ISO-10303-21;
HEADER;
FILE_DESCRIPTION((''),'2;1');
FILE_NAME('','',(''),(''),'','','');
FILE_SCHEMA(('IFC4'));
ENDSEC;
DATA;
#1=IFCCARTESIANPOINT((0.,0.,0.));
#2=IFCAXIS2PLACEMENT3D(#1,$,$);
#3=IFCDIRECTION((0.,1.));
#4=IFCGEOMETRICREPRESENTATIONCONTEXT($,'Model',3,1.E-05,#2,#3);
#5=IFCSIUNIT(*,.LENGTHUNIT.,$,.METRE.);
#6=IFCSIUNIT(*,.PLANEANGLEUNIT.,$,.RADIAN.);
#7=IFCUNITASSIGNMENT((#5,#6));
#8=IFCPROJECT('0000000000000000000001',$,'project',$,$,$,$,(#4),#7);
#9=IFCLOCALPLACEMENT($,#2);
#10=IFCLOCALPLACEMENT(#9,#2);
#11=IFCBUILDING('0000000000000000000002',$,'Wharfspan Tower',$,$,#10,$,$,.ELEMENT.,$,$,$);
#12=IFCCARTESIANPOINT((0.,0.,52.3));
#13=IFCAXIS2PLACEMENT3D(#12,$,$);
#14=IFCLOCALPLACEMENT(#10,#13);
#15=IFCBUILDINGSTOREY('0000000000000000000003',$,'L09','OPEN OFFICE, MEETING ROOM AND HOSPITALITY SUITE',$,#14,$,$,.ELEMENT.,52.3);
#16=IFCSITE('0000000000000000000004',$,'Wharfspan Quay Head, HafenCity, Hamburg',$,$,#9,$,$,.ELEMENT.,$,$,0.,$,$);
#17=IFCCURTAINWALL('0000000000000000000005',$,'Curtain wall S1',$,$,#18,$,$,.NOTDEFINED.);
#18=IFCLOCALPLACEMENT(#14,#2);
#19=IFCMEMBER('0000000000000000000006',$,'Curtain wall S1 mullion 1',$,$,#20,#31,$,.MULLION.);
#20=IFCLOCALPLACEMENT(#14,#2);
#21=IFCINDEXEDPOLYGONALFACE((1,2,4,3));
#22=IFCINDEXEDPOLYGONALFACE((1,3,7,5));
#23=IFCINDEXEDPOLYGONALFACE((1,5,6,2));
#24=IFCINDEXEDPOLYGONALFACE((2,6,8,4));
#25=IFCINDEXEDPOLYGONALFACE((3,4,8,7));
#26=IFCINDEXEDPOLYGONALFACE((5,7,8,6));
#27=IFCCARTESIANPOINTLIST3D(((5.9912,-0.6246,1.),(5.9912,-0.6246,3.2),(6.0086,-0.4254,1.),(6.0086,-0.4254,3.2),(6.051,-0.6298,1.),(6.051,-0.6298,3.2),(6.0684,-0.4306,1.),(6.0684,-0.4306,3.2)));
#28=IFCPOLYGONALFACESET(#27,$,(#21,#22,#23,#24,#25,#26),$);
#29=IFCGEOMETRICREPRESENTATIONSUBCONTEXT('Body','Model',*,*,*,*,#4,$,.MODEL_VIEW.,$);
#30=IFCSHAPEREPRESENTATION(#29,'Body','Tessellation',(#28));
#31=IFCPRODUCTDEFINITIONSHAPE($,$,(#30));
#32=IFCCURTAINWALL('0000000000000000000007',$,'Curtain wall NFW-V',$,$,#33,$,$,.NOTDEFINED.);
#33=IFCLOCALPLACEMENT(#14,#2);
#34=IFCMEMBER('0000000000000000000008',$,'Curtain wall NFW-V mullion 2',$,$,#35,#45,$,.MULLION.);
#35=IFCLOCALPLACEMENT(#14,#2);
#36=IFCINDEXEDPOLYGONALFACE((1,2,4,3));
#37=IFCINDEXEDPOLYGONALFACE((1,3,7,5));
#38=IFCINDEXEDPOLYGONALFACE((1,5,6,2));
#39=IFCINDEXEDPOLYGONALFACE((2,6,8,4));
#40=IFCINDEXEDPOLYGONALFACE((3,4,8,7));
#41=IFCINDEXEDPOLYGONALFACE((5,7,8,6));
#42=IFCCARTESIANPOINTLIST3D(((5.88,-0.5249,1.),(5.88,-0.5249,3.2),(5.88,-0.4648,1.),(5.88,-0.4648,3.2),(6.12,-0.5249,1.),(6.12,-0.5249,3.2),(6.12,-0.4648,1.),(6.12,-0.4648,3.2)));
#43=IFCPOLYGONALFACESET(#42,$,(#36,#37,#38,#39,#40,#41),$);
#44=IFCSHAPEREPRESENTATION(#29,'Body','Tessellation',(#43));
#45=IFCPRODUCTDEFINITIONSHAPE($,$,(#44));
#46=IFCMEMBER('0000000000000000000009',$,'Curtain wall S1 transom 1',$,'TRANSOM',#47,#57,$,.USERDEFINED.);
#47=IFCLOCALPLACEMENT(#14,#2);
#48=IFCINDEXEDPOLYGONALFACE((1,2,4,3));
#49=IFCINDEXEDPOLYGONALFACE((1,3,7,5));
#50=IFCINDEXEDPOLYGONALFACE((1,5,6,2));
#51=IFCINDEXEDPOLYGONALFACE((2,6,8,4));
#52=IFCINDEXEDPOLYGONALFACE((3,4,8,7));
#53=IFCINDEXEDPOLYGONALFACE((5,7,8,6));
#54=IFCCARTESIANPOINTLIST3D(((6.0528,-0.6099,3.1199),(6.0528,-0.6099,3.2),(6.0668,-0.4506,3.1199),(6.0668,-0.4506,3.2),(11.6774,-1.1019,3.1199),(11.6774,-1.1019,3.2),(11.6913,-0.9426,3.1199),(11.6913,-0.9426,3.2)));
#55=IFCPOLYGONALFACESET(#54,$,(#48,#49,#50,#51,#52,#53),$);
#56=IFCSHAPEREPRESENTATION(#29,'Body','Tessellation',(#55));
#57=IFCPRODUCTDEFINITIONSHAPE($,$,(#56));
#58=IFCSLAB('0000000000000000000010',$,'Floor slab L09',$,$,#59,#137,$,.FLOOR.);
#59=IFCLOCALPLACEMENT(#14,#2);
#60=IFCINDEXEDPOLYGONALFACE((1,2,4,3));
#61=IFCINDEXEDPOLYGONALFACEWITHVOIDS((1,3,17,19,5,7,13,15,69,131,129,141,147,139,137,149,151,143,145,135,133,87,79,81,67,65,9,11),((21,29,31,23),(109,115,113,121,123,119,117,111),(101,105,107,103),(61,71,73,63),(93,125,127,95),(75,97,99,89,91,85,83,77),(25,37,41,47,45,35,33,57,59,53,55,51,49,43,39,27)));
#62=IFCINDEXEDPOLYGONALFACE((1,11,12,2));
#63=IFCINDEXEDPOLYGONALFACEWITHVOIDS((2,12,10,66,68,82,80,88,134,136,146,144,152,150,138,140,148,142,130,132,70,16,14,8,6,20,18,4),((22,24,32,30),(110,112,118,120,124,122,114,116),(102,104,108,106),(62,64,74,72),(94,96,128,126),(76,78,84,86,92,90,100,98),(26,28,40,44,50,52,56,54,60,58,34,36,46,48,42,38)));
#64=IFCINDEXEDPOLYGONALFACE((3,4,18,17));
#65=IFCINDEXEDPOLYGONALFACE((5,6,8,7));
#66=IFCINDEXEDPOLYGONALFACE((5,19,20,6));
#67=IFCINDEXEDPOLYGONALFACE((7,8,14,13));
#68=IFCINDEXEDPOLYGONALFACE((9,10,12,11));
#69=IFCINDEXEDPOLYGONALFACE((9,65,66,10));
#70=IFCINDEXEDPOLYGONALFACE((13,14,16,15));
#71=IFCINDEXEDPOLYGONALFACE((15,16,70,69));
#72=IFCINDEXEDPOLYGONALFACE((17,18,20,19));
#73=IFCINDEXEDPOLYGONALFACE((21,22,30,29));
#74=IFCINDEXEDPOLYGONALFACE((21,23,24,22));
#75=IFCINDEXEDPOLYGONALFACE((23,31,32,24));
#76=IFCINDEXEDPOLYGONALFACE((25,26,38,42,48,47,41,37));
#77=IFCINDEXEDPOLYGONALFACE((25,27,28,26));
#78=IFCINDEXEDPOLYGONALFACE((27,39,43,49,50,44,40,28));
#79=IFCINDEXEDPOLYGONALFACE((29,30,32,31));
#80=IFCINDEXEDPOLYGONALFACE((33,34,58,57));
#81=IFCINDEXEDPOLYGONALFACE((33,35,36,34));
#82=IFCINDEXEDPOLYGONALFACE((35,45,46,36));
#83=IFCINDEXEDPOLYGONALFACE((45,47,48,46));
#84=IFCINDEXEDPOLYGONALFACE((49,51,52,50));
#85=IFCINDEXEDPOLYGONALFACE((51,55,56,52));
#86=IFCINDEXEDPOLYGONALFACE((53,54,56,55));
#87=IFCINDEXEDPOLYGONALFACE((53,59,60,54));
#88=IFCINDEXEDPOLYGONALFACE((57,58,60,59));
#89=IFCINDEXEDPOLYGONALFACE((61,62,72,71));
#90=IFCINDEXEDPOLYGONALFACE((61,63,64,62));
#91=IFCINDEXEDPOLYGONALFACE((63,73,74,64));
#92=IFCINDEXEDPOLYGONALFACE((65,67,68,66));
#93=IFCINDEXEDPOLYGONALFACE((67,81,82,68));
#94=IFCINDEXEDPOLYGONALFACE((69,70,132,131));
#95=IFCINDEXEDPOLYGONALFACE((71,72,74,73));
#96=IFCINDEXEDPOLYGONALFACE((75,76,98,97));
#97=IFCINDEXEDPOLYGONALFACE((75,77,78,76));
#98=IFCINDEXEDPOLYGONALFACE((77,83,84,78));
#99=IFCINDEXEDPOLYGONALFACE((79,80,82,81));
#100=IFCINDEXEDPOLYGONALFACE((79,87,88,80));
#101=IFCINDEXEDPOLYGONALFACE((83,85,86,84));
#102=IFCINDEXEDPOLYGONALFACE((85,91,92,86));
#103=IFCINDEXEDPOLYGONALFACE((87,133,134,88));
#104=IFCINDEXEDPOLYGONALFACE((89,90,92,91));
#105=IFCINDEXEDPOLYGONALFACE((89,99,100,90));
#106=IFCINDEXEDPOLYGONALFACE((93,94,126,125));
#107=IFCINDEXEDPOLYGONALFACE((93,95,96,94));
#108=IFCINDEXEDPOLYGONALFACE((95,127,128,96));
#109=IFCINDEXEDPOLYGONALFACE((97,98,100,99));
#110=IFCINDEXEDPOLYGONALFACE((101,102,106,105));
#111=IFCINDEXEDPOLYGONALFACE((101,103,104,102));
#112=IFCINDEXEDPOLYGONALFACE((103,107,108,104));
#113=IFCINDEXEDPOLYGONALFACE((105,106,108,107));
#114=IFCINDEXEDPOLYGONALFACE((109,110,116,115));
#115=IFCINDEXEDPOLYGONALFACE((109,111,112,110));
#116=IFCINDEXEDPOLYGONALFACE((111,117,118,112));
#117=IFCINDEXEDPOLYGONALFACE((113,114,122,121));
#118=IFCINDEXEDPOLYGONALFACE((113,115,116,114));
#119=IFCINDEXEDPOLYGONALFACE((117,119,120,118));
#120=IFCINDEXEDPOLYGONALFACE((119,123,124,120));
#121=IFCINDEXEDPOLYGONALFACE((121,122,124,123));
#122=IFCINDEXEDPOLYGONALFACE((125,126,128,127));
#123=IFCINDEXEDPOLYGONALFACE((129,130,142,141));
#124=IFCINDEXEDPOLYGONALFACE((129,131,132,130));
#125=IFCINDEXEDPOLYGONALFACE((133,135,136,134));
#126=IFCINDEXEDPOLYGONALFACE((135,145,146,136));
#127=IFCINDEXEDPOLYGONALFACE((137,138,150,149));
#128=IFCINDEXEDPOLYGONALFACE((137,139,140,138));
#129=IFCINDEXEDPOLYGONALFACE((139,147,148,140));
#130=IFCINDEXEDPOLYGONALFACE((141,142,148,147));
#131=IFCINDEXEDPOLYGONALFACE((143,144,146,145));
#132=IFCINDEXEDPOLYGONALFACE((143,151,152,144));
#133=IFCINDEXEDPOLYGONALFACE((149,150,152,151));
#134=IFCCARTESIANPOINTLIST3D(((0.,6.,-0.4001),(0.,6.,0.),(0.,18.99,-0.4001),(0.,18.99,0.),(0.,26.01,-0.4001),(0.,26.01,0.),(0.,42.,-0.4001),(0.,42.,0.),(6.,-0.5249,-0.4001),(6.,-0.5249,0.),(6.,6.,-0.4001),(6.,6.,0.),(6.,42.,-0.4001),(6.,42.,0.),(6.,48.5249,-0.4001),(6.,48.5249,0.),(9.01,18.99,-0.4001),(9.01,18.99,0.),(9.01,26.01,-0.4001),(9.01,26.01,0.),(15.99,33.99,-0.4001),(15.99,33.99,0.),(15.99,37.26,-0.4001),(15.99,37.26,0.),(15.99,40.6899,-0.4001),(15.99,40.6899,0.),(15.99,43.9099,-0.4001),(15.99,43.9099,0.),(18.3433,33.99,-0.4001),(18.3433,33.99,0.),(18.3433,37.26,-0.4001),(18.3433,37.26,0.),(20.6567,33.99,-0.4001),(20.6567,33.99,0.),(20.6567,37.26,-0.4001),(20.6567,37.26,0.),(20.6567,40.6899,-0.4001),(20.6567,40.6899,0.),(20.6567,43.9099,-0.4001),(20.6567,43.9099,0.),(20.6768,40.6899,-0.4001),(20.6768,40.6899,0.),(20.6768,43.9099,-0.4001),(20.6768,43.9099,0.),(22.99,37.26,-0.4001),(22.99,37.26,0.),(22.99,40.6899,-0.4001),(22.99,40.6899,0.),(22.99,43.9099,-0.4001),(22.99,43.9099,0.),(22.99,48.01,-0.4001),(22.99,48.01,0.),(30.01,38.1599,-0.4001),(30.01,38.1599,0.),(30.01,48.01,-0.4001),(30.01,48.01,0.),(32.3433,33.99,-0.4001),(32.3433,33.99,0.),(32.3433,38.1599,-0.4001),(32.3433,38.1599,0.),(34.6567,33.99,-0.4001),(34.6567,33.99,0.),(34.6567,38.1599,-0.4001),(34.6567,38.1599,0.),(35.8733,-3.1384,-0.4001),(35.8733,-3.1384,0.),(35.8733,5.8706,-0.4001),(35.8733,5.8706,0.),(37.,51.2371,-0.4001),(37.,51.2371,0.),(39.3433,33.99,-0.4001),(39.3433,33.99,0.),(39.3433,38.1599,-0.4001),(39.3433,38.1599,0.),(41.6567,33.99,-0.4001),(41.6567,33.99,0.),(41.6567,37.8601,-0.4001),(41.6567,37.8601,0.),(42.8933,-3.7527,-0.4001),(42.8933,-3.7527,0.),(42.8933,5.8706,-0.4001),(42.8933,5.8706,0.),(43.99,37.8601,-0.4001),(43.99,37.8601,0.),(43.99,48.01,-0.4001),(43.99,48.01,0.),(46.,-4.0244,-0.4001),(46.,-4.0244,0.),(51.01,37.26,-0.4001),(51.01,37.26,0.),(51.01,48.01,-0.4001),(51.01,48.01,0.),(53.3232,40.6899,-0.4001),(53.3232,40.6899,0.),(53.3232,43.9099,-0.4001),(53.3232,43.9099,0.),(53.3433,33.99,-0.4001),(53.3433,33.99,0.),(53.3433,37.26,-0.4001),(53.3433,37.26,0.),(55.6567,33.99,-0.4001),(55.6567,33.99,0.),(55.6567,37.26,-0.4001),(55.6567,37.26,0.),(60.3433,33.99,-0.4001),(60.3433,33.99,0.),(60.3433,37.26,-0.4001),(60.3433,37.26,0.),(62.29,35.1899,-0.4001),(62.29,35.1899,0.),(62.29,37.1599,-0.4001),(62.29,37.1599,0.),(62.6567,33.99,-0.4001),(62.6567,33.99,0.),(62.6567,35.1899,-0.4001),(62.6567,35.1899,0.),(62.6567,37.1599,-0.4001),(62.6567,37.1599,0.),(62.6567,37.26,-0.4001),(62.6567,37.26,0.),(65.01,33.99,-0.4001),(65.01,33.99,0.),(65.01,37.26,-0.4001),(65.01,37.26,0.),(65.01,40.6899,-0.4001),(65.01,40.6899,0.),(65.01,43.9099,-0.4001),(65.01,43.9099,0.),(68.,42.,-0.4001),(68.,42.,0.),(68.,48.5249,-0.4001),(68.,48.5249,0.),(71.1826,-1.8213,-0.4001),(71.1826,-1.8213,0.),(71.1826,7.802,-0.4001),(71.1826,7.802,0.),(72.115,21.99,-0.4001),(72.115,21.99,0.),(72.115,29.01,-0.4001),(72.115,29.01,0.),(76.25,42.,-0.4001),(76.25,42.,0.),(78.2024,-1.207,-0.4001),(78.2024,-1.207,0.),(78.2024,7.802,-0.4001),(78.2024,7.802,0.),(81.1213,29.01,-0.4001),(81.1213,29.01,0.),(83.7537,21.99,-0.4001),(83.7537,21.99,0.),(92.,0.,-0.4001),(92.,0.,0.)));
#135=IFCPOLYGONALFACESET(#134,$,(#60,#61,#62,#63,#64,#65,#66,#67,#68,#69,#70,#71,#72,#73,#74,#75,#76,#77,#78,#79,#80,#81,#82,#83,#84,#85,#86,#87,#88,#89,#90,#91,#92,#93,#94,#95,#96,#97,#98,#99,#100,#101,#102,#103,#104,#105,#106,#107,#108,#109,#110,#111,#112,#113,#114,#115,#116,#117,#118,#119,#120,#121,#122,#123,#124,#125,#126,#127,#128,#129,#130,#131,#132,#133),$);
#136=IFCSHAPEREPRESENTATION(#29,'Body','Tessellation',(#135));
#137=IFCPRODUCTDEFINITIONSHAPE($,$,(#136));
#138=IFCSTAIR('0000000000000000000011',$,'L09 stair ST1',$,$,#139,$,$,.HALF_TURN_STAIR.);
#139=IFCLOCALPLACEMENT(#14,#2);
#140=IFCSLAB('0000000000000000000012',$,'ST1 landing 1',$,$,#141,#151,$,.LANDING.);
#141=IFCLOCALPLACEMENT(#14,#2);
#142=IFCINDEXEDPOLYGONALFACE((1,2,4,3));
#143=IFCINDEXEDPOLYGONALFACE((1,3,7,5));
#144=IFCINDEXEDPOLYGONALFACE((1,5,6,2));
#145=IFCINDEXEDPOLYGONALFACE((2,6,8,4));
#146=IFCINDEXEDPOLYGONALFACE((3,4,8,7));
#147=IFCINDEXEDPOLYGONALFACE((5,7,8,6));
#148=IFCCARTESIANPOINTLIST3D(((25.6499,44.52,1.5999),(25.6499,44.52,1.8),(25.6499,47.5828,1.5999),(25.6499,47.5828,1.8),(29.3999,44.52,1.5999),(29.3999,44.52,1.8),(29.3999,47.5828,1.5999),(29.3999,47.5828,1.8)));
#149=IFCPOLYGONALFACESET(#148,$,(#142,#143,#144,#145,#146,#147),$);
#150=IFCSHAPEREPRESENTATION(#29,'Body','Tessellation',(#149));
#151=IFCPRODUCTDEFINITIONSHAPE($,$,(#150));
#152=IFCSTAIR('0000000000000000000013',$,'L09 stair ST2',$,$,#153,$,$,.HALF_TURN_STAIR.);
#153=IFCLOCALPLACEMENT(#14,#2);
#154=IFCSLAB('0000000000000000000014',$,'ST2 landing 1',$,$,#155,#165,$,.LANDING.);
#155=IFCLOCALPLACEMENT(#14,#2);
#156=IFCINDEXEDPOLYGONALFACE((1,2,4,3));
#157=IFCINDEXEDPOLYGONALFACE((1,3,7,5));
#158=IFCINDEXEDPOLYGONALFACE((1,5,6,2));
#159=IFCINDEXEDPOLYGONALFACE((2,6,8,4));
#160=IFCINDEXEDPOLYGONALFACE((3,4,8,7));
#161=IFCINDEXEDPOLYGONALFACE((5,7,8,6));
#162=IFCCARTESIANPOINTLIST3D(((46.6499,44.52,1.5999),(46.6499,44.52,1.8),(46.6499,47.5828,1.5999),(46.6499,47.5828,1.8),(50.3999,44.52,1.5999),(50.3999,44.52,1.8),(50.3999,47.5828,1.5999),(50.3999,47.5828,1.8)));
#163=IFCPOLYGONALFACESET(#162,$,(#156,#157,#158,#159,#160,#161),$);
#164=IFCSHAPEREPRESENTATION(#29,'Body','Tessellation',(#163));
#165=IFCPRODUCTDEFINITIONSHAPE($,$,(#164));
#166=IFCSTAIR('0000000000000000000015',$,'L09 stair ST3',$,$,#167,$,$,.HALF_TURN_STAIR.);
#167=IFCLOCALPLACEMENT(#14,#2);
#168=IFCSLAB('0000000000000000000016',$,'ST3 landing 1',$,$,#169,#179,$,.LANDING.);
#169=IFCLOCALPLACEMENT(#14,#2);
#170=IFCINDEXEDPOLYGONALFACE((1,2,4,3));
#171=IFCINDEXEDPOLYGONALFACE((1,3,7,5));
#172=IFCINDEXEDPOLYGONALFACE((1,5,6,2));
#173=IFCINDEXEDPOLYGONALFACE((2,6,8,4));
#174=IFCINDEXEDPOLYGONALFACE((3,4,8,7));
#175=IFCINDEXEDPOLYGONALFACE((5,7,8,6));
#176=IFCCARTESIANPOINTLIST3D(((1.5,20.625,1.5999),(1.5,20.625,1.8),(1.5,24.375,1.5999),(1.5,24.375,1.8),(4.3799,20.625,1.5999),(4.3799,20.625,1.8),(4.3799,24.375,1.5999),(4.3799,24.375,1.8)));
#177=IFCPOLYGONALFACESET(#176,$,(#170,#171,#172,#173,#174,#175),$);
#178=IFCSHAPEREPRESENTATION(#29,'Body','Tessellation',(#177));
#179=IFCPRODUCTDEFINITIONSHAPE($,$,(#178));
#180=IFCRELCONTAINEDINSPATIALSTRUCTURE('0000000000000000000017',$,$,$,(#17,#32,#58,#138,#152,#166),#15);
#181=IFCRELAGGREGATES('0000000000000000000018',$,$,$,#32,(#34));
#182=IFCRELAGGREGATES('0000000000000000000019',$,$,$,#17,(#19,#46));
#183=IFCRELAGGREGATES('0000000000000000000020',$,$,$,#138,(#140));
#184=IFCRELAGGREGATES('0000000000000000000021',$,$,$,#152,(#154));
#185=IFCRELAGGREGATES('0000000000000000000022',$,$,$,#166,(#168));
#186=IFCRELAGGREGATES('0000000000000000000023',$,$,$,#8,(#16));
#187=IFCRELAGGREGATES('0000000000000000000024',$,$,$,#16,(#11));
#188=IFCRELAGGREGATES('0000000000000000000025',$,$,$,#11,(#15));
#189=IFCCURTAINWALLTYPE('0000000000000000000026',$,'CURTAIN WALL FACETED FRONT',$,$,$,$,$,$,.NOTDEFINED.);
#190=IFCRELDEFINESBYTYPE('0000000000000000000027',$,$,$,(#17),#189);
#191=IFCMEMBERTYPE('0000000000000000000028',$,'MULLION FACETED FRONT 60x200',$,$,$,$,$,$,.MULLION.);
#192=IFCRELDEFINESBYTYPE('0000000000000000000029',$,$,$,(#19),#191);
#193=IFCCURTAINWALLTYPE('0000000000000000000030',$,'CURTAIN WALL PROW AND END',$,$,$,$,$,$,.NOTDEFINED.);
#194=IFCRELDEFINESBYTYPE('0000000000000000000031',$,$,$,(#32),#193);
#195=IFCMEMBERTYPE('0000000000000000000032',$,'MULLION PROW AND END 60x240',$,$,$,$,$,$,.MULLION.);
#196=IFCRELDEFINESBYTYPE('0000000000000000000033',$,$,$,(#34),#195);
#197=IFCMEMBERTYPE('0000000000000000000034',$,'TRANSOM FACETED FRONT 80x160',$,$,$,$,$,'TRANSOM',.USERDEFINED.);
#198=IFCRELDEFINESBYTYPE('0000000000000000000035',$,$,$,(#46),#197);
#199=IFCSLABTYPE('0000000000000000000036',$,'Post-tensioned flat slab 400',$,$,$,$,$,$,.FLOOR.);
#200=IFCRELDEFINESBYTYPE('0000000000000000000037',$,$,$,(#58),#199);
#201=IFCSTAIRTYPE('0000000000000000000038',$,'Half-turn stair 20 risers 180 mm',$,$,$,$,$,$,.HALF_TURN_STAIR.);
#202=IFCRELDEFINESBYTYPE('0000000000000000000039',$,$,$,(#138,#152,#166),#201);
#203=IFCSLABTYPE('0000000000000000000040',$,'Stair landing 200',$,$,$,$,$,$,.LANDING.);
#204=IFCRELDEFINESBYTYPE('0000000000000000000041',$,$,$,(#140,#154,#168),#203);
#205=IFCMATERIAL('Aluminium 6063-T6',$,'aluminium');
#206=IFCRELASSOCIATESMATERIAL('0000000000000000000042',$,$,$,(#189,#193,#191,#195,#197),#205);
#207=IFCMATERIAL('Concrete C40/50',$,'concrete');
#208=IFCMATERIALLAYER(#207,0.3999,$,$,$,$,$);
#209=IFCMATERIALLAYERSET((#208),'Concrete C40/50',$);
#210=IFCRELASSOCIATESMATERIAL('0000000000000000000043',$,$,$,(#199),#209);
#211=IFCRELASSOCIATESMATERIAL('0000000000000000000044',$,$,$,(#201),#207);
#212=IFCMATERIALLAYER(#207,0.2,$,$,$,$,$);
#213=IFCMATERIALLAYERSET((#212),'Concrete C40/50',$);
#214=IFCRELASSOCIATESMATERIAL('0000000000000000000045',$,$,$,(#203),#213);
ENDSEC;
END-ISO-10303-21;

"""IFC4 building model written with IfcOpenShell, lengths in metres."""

from ifc_helpers import new_model, si_unit, direction, frame, origin, origin_2d, place, context, subcontext, project, spatial, polyline, rectangle, outline, extrude, material, layer, layer_set, material_profile, profile_set, type_object, element, aggregate, save


model = new_model("IFC4")

# Units and contexts
model_context = context("Model", 3, precision=1e-05, world=origin(), true_north=direction((0.0, 1.0)))
body_context = subcontext(model_context, "Body", "Model", "MODEL_VIEW")
ifc_project = project(units=[si_unit("LENGTHUNIT", "METRE"), si_unit("PLANEANGLEUNIT", "RADIAN")], contexts=[model_context])

# Site, building, storey
site_placement = place(None, origin())
site = spatial("IfcSite", under=ifc_project, at=site_placement, Name="Wharfspan Quay Head, HafenCity, Hamburg", CompositionType="ELEMENT", RefElevation=0.0)
building_placement = place(site_placement, origin())
building = spatial("IfcBuilding", under=site, at=building_placement, Name="Wharfspan Tower", CompositionType="ELEMENT")
storey_placement = place(building_placement, frame((0.0, 0.0, 52.3)))
storey = spatial("IfcBuildingStorey", under=building, at=storey_placement, Name="L09", Description="OPEN OFFICE, MEETING ROOM AND HOSPITALITY SUITE", CompositionType="ELEMENT", Elevation=52.3)

# Curtain walls, members
ifc_material_1 = material(Name="Aluminium 6063-T6", Category="aluminium")
curtain_wall_type_1 = type_object("IfcCurtainWallType", Name="CURTAIN WALL FACETED FRONT", PredefinedType="NOTDEFINED", material=ifc_material_1)
curtain_wall_1_placement = place(storey_placement, origin())
curtain_wall_1 = element("IfcCurtainWall", 1, at=curtain_wall_1_placement, inside=storey, type_object=curtain_wall_type_1, Name="Curtain wall S1", PredefinedType="NOTDEFINED")
ifc_material_profile_1 = material_profile(ifc_material_1, rectangle(XDim=0.2, YDim=0.0601, at=origin_2d()))
ifc_profile_set_1 = profile_set([ifc_material_profile_1], Name="Aluminium 6063-T6")
member_type_1 = type_object("IfcMemberType", Name="MULLION FACETED FRONT 60x200", PredefinedType="MULLION", material=ifc_profile_set_1)
member_1_placement = place(storey_placement, frame((6.0298, -0.5276, 1.0), z_axis=(0.0, 0.0, 1.0), x_axis=(0.087156, 0.996197, 0.0)))
member_1 = element("IfcMember", 2, at=member_1_placement, type_object=member_type_1, Name="Curtain wall S1 mullion 1", PredefinedType="MULLION", context=body_context, shape_type="SweptSolid", body=[
    extrude(rectangle(XDim=0.2, YDim=0.0601, at=origin_2d()), origin(), (0.0, 0.0, 1.0), 2.2),
])
curtain_wall_type_2 = type_object("IfcCurtainWallType", Name="CURTAIN WALL PROW AND END", PredefinedType="NOTDEFINED", material=ifc_material_1)
curtain_wall_2_placement = place(storey_placement, origin())
curtain_wall_2 = element("IfcCurtainWall", 3, at=curtain_wall_2_placement, inside=storey, type_object=curtain_wall_type_2, Name="Curtain wall NFW-V", PredefinedType="NOTDEFINED")
ifc_material_profile_2 = material_profile(ifc_material_1, rectangle(XDim=0.24, YDim=0.0601, at=origin_2d()))
ifc_profile_set_2 = profile_set([ifc_material_profile_2], Name="Aluminium 6063-T6")
member_type_2 = type_object("IfcMemberType", Name="MULLION PROW AND END 60x240", PredefinedType="MULLION", material=ifc_profile_set_2)
member_2_placement = place(storey_placement, frame((6.0, -0.4949, 1.0), z_axis=(0.0, 0.0, 1.0), x_axis=(1.0, 0.0, 0.0)))
member_2 = element("IfcMember", 4, at=member_2_placement, type_object=member_type_2, Name="Curtain wall NFW-V mullion 2", PredefinedType="MULLION", context=body_context, shape_type="SweptSolid", body=[
    extrude(rectangle(XDim=0.24, YDim=0.0601, at=origin_2d()), origin(), (0.0, 0.0, 1.0), 2.2),
])
aggregate(curtain_wall_2, [member_2])

# Member
ifc_material_profile_3 = material_profile(ifc_material_1, rectangle(XDim=0.1599, YDim=0.0801, at=origin_2d()))
ifc_profile_set_3 = profile_set([ifc_material_profile_3], Name="Aluminium 6063-T6")
member_type_3 = type_object("IfcMemberType", Name="TRANSOM FACETED FRONT 80x160", ElementType="TRANSOM", PredefinedType="USERDEFINED", material=ifc_profile_set_3)
member_3_placement = place(storey_placement, frame((6.0598, -0.5303, 3.1599), z_axis=(0.996197, -0.087132, 0.0), x_axis=(0.087132, 0.996197, 0.0)))
member_3 = element("IfcMember", 5, at=member_3_placement, type_object=member_type_3, Name="Curtain wall S1 transom 1", ObjectType="TRANSOM", PredefinedType="USERDEFINED", context=body_context, shape_type="SweptSolid", body=[
    extrude(rectangle(XDim=0.1599, YDim=0.0801, at=origin_2d()), origin(), (0.0, 0.0, 1.0), 5.646),
])
aggregate(curtain_wall_1, [member_1, member_3])

# Slab
ifc_material_2 = material(Name="Concrete C40/50", Category="concrete")
ifc_layer_1 = layer(ifc_material_2, 0.3999)
ifc_layer_set_1 = layer_set([ifc_layer_1], Name="Concrete C40/50")
slab_type_1 = type_object("IfcSlabType", Name="Post-tensioned flat slab 400", PredefinedType="FLOOR", material=ifc_layer_set_1)
slab_1_placement = place(storey_placement, frame((0.0, 0.0, -0.4001)))
element("IfcSlab", 6, at=slab_1_placement, inside=storey, type_object=slab_type_1, Name="Floor slab L09", PredefinedType="FLOOR", context=body_context, shape_type="SweptSolid", body=[
    extrude(outline(polyline([(35.8733, -3.1384), (35.8733, 5.8706), (42.8933, 5.8706), (42.8933, -3.7527), (46.0, -4.0244), (71.1826, -1.8213), (71.1826, 7.802), (78.2024, 7.802), (78.2024, -1.207), (92.0, 0.0), (83.7537, 21.99), (72.115, 21.99), (72.115, 29.01), (81.1213, 29.01), (76.25, 42.0), (68.0, 42.0), (68.0, 48.5249), (37.0, 51.2371), (6.0, 48.5249), (6.0, 42.0), (0.0, 42.0), (0.0, 26.01), (9.01, 26.01), (9.01, 18.99), (0.0, 18.99), (0.0, 6.0), (6.0, 6.0), (6.0, -0.5249), (35.8733, -3.1384)]), holes=[polyline([(62.29, 37.1599), (62.6567, 37.1599), (62.6567, 37.26), (65.01, 37.26), (65.01, 33.99), (62.6567, 33.99), (62.6567, 35.1899), (62.29, 35.1899), (62.29, 37.1599)]), polyline([(65.01, 43.9099), (65.01, 40.6899), (53.3232, 40.6899), (53.3232, 43.9099), (65.01, 43.9099)]), polyline([(55.6567, 33.99), (55.6567, 37.26), (60.3433, 37.26), (60.3433, 33.99), (55.6567, 33.99)]), polyline([(43.99, 37.8601), (43.99, 48.01), (51.01, 48.01), (51.01, 37.26), (53.3433, 37.26), (53.3433, 33.99), (41.6567, 33.99), (41.6567, 37.8601), (43.99, 37.8601)]), polyline([(34.6567, 33.99), (34.6567, 38.1599), (39.3433, 38.1599), (39.3433, 33.99), (34.6567, 33.99)]), polyline([(15.99, 40.6899), (15.99, 43.9099), (20.6567, 43.9099), (20.6768, 43.9099), (22.99, 43.9099), (22.99, 48.01), (30.01, 48.01), (30.01, 38.1599), (32.3433, 38.1599), (32.3433, 33.99), (20.6567, 33.99), (20.6567, 37.26), (22.99, 37.26), (22.99, 40.6899), (20.6768, 40.6899), (20.6567, 40.6899), (15.99, 40.6899)]), polyline([(18.3433, 37.26), (18.3433, 33.99), (15.99, 33.99), (15.99, 37.26), (18.3433, 37.26)])]), origin(), (0.0, 0.0, 1.0), 0.4001),
])

# Stairs, slabs
stair_type = type_object("IfcStairType", Name="Half-turn stair 20 risers 180 mm", PredefinedType="HALF_TURN_STAIR", material=ifc_material_2)
stair_1_placement = place(storey_placement, origin())
stair_1 = element("IfcStair", 7, at=stair_1_placement, inside=storey, type_object=stair_type, Name="L09 stair ST1", PredefinedType="HALF_TURN_STAIR")
ifc_layer_2 = layer(ifc_material_2, 0.2)
ifc_layer_set_2 = layer_set([ifc_layer_2], Name="Concrete C40/50")
slab_type_2 = type_object("IfcSlabType", Name="Stair landing 200", PredefinedType="LANDING", material=ifc_layer_set_2)
slab_2_placement = place(storey_placement, frame((0.0, 0.0, 1.5999)))
slab_2 = element("IfcSlab", 8, at=slab_2_placement, type_object=slab_type_2, Name="ST1 landing 1", PredefinedType="LANDING", context=body_context, shape_type="SweptSolid", body=[
    extrude(outline(polyline([(25.6499, 44.52), (29.3999, 44.52), (29.3999, 47.5828), (25.6499, 47.5828), (25.6499, 44.52)])), origin(), (0.0, 0.0, 1.0), 0.2002),
])
aggregate(stair_1, [slab_2])
stair_2_placement = place(storey_placement, origin())
stair_2 = element("IfcStair", 9, at=stair_2_placement, inside=storey, type_object=stair_type, Name="L09 stair ST2", PredefinedType="HALF_TURN_STAIR")
slab_3_placement = place(storey_placement, frame((0.0, 0.0, 1.5999)))
slab_3 = element("IfcSlab", 10, at=slab_3_placement, type_object=slab_type_2, Name="ST2 landing 1", PredefinedType="LANDING", context=body_context, shape_type="SweptSolid", body=[
    extrude(outline(polyline([(46.6499, 44.52), (50.3999, 44.52), (50.3999, 47.5828), (46.6499, 47.5828), (46.6499, 44.52)])), origin(), (0.0, 0.0, 1.0), 0.2002),
])
aggregate(stair_2, [slab_3])
stair_3_placement = place(storey_placement, origin())
stair_3 = element("IfcStair", 11, at=stair_3_placement, inside=storey, type_object=stair_type, Name="L09 stair ST3", PredefinedType="HALF_TURN_STAIR")
slab_4_placement = place(storey_placement, frame((0.0, 0.0, 1.5999)))
slab_4 = element("IfcSlab", 12, at=slab_4_placement, type_object=slab_type_2, Name="ST3 landing 1", PredefinedType="LANDING", context=body_context, shape_type="SweptSolid", body=[
    extrude(outline(polyline([(4.3799, 24.375), (1.5, 24.375), (1.5, 20.625), (4.3799, 20.625), (4.3799, 24.375)])), origin(), (0.0, 0.0, 1.0), 0.2002),
])
aggregate(stair_3, [slab_4])

save(model, "model.ifc")
